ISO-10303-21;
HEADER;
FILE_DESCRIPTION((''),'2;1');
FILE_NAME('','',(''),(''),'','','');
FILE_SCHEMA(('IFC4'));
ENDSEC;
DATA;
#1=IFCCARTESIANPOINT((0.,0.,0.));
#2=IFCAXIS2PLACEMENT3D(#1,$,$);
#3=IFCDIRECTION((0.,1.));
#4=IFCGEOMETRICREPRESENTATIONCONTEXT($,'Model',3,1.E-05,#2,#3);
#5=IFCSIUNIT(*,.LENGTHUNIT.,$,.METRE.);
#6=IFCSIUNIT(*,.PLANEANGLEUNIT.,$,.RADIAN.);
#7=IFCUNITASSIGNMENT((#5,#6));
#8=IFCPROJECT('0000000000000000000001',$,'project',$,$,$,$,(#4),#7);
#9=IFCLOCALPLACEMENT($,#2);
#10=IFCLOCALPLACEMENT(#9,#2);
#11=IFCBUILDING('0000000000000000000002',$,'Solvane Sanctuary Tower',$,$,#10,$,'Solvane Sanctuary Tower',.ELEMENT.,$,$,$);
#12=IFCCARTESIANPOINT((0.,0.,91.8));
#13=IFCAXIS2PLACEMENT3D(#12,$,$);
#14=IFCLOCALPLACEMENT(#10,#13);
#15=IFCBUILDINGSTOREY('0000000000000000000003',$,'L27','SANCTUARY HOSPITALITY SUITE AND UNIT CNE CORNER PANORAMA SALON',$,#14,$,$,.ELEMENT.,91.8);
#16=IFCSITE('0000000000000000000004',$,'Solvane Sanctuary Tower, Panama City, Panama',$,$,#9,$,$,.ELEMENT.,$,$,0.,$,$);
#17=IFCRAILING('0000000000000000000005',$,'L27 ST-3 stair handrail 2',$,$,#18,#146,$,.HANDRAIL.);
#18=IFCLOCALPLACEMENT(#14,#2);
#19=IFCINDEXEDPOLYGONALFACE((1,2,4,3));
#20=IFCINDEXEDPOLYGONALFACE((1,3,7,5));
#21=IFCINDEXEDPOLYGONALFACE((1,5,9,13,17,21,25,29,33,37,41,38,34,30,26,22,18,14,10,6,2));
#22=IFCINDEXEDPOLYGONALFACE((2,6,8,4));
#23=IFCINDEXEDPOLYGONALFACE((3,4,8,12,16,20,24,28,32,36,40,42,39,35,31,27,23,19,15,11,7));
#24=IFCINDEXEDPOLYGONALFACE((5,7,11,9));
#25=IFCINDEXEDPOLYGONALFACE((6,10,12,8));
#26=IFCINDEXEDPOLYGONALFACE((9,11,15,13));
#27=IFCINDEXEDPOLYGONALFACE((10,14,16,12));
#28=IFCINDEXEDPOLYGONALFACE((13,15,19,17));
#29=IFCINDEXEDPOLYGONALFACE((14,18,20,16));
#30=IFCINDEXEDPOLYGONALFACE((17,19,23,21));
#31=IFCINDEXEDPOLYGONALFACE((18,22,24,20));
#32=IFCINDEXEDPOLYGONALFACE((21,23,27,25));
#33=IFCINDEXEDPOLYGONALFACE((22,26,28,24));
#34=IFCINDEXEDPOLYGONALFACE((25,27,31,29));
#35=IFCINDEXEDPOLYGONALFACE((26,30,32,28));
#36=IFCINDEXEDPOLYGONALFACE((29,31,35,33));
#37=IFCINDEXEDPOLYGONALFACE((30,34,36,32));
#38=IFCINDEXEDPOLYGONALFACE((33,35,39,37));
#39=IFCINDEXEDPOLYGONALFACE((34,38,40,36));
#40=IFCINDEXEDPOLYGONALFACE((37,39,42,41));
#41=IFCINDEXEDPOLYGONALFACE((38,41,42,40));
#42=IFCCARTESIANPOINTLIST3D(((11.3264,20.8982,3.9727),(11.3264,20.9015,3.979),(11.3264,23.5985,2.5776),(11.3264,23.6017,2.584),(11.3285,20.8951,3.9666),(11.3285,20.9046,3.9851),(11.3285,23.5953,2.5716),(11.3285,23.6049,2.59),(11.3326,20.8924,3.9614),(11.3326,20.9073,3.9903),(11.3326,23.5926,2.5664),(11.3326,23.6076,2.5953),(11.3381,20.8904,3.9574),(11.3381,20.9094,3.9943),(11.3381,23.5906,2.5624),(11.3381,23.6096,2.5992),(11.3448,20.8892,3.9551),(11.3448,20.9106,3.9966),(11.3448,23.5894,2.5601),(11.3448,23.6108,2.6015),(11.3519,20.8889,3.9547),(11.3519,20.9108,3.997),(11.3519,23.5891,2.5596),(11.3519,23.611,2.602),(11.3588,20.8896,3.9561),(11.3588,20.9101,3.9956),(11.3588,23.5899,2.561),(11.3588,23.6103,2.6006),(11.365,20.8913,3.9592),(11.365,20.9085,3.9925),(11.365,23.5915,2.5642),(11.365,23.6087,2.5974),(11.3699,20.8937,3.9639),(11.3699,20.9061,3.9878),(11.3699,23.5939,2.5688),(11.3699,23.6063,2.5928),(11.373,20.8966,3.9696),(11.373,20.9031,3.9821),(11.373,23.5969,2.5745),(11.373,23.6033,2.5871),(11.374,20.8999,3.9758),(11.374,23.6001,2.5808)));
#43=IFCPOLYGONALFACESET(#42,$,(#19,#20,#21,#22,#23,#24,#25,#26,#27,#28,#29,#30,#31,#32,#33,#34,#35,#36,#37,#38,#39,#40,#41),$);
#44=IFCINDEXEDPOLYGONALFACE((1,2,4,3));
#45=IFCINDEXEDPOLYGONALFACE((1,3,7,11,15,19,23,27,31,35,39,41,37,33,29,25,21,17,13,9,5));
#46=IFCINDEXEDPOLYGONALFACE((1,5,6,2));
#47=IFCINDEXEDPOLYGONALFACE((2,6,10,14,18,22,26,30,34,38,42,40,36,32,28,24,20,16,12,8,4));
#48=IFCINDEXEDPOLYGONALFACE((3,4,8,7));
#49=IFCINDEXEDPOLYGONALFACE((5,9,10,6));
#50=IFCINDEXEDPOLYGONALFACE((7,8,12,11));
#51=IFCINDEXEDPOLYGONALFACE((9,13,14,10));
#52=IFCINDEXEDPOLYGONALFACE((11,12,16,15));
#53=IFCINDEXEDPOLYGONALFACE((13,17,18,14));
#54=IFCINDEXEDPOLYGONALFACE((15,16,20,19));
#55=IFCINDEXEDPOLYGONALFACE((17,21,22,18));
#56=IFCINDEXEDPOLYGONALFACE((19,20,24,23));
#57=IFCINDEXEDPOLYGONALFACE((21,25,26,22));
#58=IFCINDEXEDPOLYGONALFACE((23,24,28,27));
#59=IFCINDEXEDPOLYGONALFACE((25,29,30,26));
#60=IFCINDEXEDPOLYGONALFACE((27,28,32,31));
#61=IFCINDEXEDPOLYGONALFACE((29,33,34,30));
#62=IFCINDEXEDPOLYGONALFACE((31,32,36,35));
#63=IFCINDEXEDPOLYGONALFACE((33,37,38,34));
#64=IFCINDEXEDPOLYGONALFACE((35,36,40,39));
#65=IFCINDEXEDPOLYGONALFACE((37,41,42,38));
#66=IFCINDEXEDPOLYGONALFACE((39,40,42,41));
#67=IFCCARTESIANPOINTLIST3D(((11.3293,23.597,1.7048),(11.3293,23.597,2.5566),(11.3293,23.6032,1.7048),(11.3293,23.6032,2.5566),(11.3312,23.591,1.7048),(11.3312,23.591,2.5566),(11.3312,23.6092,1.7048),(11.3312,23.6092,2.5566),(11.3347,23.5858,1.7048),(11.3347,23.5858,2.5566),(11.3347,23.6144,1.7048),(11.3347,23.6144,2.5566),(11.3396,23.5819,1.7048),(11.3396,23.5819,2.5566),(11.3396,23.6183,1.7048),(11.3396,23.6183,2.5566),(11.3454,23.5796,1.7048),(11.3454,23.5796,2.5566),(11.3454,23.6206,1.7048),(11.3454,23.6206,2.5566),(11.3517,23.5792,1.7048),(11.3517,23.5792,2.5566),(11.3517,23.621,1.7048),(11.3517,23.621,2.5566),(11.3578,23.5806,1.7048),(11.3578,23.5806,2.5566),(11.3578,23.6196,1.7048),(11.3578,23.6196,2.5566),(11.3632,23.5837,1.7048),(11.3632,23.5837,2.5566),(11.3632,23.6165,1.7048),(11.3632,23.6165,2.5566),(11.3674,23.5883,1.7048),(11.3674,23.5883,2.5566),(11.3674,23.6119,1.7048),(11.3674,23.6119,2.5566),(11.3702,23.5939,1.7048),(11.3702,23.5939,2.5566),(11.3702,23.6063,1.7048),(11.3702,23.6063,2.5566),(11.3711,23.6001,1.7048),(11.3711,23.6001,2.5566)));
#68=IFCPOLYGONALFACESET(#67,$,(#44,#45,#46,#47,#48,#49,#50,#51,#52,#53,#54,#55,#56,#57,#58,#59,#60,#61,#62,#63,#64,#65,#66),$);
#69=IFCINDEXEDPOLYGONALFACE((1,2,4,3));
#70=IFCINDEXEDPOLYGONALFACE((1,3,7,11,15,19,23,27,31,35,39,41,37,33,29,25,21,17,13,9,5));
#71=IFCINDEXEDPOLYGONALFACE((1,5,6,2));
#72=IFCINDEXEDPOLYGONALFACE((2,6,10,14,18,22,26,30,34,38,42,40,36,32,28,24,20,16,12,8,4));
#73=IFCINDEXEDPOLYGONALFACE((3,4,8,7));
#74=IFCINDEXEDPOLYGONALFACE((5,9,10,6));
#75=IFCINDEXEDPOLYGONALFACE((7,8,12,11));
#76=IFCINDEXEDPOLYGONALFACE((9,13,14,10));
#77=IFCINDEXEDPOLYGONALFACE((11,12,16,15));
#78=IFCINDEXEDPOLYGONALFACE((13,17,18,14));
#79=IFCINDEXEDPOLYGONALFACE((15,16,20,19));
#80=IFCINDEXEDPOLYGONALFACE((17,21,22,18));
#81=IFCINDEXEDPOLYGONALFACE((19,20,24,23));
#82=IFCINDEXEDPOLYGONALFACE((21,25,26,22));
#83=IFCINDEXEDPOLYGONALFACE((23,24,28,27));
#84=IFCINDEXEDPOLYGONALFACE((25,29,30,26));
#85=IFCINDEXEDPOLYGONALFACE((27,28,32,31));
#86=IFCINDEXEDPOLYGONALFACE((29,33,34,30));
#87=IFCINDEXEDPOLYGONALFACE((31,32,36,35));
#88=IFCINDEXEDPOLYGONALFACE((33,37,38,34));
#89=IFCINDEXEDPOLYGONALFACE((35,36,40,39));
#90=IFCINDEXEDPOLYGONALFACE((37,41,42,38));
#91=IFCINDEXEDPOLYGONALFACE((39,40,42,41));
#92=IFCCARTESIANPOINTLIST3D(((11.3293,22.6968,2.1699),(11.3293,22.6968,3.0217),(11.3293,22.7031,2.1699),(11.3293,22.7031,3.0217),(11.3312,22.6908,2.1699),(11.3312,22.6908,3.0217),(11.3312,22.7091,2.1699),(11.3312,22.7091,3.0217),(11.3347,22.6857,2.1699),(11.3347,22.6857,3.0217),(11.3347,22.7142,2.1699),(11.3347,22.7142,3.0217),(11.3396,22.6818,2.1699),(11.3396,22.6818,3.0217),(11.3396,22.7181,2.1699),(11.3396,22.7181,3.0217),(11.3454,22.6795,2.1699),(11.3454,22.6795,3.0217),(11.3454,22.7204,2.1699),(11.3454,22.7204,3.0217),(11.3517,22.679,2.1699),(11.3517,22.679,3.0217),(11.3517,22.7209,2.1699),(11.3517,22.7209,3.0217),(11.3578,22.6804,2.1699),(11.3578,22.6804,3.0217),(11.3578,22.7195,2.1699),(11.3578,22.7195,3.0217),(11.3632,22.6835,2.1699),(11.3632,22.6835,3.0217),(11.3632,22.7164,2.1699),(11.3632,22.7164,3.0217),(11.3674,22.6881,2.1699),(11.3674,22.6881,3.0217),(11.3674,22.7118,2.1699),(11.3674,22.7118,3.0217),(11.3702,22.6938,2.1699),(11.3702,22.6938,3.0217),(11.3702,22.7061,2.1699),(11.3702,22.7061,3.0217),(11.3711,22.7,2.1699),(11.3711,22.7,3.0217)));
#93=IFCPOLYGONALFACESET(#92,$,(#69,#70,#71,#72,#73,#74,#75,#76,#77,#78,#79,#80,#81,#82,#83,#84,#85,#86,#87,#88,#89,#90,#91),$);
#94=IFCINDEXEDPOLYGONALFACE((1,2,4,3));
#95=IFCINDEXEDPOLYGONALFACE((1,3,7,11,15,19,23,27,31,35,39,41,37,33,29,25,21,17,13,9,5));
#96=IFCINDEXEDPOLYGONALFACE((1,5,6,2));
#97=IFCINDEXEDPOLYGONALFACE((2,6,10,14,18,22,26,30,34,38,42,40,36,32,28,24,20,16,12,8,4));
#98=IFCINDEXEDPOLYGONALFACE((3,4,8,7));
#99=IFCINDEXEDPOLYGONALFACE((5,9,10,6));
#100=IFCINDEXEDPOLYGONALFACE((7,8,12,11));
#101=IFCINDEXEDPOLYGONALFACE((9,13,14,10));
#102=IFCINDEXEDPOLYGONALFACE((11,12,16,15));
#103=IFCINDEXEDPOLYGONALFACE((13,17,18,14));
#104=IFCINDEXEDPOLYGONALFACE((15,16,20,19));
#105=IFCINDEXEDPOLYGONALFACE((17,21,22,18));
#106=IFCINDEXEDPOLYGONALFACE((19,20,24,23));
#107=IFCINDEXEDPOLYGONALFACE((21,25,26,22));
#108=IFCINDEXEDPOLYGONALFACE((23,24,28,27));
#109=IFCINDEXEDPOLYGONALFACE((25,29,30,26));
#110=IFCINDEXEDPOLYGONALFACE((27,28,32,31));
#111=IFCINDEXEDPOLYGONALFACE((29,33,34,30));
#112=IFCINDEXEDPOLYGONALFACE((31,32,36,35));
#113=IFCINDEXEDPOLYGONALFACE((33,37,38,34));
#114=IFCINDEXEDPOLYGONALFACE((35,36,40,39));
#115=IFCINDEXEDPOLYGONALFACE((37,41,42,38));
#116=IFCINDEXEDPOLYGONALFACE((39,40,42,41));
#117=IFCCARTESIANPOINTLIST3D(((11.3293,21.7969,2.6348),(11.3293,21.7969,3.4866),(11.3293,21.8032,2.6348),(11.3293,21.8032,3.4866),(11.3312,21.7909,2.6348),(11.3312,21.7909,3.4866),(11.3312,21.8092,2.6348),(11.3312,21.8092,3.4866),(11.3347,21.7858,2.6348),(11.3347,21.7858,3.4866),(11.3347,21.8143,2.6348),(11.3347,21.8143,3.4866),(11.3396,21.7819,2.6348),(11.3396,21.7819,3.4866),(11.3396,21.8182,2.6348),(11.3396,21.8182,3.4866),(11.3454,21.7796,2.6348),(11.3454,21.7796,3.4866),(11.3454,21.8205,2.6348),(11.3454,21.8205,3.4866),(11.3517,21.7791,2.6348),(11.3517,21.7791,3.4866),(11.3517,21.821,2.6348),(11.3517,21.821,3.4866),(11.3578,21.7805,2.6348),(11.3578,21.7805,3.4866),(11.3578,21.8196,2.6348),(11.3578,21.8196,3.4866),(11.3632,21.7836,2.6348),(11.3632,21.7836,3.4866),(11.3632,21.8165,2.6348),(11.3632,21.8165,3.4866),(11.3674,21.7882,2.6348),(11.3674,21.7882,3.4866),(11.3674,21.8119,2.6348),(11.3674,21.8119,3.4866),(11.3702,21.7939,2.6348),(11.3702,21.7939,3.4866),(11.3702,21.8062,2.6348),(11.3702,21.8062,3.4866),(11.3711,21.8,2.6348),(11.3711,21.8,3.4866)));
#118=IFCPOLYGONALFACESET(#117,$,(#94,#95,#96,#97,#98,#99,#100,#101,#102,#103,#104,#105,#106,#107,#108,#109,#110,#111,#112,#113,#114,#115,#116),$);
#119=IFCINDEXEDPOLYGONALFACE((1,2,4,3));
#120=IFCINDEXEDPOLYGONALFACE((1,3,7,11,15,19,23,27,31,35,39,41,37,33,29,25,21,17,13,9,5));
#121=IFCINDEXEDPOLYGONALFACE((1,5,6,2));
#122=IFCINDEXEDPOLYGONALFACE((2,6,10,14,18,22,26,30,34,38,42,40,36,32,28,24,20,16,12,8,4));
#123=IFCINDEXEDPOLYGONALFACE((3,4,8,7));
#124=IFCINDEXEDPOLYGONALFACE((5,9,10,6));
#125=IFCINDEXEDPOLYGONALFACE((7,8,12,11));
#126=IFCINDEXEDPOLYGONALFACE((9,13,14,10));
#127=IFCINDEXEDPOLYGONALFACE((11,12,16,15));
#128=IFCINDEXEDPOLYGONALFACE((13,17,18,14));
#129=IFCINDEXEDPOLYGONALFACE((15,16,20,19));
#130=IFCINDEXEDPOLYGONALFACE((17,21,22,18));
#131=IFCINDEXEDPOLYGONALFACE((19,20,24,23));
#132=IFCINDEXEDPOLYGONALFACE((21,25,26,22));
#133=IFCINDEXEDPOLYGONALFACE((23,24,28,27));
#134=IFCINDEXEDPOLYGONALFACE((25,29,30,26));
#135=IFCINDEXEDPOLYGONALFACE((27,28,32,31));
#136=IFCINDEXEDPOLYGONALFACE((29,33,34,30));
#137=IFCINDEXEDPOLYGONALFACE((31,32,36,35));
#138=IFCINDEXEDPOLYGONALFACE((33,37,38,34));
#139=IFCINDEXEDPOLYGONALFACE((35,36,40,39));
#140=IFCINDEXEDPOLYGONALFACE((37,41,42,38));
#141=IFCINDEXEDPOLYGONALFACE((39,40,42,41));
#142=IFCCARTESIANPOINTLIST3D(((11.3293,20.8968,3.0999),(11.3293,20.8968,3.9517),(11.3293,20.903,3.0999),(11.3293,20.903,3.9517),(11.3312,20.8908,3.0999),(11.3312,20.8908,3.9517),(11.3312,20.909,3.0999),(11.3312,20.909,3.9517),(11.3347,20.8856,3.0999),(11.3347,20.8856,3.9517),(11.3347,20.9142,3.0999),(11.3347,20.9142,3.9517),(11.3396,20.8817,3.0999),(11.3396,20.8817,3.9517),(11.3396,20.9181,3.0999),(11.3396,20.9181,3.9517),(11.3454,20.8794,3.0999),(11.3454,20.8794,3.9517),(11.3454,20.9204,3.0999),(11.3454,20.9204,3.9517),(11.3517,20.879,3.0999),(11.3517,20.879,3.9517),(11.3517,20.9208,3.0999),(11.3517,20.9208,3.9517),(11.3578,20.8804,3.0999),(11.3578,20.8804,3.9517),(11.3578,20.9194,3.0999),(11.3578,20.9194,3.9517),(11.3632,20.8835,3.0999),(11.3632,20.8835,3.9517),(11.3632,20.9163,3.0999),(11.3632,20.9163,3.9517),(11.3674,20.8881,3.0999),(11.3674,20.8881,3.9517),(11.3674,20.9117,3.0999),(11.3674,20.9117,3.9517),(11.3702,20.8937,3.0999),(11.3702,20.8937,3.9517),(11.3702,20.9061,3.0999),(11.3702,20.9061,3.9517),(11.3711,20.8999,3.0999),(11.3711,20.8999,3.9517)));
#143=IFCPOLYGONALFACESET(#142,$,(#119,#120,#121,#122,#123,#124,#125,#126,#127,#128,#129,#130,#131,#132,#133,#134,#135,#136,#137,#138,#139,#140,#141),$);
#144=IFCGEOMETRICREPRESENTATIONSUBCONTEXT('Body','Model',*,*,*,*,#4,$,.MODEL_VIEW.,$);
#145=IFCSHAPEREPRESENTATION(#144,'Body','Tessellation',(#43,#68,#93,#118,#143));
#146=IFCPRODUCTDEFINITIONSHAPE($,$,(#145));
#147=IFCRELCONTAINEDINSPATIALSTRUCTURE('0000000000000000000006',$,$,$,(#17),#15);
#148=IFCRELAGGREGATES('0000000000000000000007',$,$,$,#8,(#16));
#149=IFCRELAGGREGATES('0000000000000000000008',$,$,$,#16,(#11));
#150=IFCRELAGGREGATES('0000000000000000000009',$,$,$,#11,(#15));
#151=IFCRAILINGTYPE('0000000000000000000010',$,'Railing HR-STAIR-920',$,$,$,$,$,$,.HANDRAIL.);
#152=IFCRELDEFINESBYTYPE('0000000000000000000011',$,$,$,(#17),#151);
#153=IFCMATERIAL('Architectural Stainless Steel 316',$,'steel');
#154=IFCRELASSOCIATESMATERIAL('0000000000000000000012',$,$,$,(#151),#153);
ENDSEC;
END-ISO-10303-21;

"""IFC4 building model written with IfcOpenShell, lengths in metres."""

from ifc_helpers import new_model, si_unit, direction, frame, origin, origin_2d, place, context, subcontext, project, spatial, circle, extrude, material, type_object, element, save


model = new_model("IFC4")

# Units and contexts
model_context = context("Model", 3, precision=1e-05, world=origin(), true_north=direction((0.0, 1.0)))
body_context = subcontext(model_context, "Body", "Model", "MODEL_VIEW")
ifc_project = project(units=[si_unit("LENGTHUNIT", "METRE"), si_unit("PLANEANGLEUNIT", "RADIAN")], contexts=[model_context])

# Site, building, storey
site_placement = place(None, origin())
site = spatial("IfcSite", under=ifc_project, at=site_placement, Name="Solvane Sanctuary Tower, Panama City, Panama", CompositionType="ELEMENT", RefElevation=0.0)
building_placement = place(site_placement, origin())
building = spatial("IfcBuilding", under=site, at=building_placement, Name="Solvane Sanctuary Tower", LongName="Solvane Sanctuary Tower", CompositionType="ELEMENT")
storey_placement = place(building_placement, frame((0.0, 0.0, 91.8)))
storey = spatial("IfcBuildingStorey", under=building, at=storey_placement, Name="L27", Description="SANCTUARY HOSPITALITY SUITE AND UNIT CNE CORNER PANORAMA SALON", CompositionType="ELEMENT", Elevation=91.8)

# Shared definitions
ifc_material_1 = material(Name="Architectural Stainless Steel 316", Category="steel")

# Railing
railing_type_1 = type_object("IfcRailingType", Name="Railing HR-STAIR-920", PredefinedType="HANDRAIL", material=ifc_material_1)
railing_1_placement = place(storey_placement, frame((11.3501, 23.6001, 1.7048)))
element("IfcRailing", 1, at=railing_1_placement, inside=storey, type_object=railing_type_1, Name="L27 ST-3 stair handrail 2", PredefinedType="HANDRAIL", context=body_context, shape_type="SweptSolid", body=[
    extrude(circle(Radius=0.0239, at=origin_2d()), frame((0.0, 0.0, 0.876), z_axis=(0.0, -0.888437, 0.458999), x_axis=(1.0, 0.0, 0.0)), (0.0, 0.0, 1.0), 3.0393),
    extrude(circle(Radius=0.021, at=origin_2d()), origin(), (0.0, 0.0, 1.0), 0.8518),
    extrude(circle(Radius=0.021, at=origin_2d()), frame((0.0, -0.9001, 0.4651)), (0.0, 0.0, 1.0), 0.8518),
    extrude(circle(Radius=0.021, at=origin_2d()), frame((0.0, -1.8, 0.9299)), (0.0, 0.0, 1.0), 0.8518),
    extrude(circle(Radius=0.021, at=origin_2d()), frame((0.0, -2.7002, 1.395)), (0.0, 0.0, 1.0), 0.8518),
])

save(model, "model.ifc")
